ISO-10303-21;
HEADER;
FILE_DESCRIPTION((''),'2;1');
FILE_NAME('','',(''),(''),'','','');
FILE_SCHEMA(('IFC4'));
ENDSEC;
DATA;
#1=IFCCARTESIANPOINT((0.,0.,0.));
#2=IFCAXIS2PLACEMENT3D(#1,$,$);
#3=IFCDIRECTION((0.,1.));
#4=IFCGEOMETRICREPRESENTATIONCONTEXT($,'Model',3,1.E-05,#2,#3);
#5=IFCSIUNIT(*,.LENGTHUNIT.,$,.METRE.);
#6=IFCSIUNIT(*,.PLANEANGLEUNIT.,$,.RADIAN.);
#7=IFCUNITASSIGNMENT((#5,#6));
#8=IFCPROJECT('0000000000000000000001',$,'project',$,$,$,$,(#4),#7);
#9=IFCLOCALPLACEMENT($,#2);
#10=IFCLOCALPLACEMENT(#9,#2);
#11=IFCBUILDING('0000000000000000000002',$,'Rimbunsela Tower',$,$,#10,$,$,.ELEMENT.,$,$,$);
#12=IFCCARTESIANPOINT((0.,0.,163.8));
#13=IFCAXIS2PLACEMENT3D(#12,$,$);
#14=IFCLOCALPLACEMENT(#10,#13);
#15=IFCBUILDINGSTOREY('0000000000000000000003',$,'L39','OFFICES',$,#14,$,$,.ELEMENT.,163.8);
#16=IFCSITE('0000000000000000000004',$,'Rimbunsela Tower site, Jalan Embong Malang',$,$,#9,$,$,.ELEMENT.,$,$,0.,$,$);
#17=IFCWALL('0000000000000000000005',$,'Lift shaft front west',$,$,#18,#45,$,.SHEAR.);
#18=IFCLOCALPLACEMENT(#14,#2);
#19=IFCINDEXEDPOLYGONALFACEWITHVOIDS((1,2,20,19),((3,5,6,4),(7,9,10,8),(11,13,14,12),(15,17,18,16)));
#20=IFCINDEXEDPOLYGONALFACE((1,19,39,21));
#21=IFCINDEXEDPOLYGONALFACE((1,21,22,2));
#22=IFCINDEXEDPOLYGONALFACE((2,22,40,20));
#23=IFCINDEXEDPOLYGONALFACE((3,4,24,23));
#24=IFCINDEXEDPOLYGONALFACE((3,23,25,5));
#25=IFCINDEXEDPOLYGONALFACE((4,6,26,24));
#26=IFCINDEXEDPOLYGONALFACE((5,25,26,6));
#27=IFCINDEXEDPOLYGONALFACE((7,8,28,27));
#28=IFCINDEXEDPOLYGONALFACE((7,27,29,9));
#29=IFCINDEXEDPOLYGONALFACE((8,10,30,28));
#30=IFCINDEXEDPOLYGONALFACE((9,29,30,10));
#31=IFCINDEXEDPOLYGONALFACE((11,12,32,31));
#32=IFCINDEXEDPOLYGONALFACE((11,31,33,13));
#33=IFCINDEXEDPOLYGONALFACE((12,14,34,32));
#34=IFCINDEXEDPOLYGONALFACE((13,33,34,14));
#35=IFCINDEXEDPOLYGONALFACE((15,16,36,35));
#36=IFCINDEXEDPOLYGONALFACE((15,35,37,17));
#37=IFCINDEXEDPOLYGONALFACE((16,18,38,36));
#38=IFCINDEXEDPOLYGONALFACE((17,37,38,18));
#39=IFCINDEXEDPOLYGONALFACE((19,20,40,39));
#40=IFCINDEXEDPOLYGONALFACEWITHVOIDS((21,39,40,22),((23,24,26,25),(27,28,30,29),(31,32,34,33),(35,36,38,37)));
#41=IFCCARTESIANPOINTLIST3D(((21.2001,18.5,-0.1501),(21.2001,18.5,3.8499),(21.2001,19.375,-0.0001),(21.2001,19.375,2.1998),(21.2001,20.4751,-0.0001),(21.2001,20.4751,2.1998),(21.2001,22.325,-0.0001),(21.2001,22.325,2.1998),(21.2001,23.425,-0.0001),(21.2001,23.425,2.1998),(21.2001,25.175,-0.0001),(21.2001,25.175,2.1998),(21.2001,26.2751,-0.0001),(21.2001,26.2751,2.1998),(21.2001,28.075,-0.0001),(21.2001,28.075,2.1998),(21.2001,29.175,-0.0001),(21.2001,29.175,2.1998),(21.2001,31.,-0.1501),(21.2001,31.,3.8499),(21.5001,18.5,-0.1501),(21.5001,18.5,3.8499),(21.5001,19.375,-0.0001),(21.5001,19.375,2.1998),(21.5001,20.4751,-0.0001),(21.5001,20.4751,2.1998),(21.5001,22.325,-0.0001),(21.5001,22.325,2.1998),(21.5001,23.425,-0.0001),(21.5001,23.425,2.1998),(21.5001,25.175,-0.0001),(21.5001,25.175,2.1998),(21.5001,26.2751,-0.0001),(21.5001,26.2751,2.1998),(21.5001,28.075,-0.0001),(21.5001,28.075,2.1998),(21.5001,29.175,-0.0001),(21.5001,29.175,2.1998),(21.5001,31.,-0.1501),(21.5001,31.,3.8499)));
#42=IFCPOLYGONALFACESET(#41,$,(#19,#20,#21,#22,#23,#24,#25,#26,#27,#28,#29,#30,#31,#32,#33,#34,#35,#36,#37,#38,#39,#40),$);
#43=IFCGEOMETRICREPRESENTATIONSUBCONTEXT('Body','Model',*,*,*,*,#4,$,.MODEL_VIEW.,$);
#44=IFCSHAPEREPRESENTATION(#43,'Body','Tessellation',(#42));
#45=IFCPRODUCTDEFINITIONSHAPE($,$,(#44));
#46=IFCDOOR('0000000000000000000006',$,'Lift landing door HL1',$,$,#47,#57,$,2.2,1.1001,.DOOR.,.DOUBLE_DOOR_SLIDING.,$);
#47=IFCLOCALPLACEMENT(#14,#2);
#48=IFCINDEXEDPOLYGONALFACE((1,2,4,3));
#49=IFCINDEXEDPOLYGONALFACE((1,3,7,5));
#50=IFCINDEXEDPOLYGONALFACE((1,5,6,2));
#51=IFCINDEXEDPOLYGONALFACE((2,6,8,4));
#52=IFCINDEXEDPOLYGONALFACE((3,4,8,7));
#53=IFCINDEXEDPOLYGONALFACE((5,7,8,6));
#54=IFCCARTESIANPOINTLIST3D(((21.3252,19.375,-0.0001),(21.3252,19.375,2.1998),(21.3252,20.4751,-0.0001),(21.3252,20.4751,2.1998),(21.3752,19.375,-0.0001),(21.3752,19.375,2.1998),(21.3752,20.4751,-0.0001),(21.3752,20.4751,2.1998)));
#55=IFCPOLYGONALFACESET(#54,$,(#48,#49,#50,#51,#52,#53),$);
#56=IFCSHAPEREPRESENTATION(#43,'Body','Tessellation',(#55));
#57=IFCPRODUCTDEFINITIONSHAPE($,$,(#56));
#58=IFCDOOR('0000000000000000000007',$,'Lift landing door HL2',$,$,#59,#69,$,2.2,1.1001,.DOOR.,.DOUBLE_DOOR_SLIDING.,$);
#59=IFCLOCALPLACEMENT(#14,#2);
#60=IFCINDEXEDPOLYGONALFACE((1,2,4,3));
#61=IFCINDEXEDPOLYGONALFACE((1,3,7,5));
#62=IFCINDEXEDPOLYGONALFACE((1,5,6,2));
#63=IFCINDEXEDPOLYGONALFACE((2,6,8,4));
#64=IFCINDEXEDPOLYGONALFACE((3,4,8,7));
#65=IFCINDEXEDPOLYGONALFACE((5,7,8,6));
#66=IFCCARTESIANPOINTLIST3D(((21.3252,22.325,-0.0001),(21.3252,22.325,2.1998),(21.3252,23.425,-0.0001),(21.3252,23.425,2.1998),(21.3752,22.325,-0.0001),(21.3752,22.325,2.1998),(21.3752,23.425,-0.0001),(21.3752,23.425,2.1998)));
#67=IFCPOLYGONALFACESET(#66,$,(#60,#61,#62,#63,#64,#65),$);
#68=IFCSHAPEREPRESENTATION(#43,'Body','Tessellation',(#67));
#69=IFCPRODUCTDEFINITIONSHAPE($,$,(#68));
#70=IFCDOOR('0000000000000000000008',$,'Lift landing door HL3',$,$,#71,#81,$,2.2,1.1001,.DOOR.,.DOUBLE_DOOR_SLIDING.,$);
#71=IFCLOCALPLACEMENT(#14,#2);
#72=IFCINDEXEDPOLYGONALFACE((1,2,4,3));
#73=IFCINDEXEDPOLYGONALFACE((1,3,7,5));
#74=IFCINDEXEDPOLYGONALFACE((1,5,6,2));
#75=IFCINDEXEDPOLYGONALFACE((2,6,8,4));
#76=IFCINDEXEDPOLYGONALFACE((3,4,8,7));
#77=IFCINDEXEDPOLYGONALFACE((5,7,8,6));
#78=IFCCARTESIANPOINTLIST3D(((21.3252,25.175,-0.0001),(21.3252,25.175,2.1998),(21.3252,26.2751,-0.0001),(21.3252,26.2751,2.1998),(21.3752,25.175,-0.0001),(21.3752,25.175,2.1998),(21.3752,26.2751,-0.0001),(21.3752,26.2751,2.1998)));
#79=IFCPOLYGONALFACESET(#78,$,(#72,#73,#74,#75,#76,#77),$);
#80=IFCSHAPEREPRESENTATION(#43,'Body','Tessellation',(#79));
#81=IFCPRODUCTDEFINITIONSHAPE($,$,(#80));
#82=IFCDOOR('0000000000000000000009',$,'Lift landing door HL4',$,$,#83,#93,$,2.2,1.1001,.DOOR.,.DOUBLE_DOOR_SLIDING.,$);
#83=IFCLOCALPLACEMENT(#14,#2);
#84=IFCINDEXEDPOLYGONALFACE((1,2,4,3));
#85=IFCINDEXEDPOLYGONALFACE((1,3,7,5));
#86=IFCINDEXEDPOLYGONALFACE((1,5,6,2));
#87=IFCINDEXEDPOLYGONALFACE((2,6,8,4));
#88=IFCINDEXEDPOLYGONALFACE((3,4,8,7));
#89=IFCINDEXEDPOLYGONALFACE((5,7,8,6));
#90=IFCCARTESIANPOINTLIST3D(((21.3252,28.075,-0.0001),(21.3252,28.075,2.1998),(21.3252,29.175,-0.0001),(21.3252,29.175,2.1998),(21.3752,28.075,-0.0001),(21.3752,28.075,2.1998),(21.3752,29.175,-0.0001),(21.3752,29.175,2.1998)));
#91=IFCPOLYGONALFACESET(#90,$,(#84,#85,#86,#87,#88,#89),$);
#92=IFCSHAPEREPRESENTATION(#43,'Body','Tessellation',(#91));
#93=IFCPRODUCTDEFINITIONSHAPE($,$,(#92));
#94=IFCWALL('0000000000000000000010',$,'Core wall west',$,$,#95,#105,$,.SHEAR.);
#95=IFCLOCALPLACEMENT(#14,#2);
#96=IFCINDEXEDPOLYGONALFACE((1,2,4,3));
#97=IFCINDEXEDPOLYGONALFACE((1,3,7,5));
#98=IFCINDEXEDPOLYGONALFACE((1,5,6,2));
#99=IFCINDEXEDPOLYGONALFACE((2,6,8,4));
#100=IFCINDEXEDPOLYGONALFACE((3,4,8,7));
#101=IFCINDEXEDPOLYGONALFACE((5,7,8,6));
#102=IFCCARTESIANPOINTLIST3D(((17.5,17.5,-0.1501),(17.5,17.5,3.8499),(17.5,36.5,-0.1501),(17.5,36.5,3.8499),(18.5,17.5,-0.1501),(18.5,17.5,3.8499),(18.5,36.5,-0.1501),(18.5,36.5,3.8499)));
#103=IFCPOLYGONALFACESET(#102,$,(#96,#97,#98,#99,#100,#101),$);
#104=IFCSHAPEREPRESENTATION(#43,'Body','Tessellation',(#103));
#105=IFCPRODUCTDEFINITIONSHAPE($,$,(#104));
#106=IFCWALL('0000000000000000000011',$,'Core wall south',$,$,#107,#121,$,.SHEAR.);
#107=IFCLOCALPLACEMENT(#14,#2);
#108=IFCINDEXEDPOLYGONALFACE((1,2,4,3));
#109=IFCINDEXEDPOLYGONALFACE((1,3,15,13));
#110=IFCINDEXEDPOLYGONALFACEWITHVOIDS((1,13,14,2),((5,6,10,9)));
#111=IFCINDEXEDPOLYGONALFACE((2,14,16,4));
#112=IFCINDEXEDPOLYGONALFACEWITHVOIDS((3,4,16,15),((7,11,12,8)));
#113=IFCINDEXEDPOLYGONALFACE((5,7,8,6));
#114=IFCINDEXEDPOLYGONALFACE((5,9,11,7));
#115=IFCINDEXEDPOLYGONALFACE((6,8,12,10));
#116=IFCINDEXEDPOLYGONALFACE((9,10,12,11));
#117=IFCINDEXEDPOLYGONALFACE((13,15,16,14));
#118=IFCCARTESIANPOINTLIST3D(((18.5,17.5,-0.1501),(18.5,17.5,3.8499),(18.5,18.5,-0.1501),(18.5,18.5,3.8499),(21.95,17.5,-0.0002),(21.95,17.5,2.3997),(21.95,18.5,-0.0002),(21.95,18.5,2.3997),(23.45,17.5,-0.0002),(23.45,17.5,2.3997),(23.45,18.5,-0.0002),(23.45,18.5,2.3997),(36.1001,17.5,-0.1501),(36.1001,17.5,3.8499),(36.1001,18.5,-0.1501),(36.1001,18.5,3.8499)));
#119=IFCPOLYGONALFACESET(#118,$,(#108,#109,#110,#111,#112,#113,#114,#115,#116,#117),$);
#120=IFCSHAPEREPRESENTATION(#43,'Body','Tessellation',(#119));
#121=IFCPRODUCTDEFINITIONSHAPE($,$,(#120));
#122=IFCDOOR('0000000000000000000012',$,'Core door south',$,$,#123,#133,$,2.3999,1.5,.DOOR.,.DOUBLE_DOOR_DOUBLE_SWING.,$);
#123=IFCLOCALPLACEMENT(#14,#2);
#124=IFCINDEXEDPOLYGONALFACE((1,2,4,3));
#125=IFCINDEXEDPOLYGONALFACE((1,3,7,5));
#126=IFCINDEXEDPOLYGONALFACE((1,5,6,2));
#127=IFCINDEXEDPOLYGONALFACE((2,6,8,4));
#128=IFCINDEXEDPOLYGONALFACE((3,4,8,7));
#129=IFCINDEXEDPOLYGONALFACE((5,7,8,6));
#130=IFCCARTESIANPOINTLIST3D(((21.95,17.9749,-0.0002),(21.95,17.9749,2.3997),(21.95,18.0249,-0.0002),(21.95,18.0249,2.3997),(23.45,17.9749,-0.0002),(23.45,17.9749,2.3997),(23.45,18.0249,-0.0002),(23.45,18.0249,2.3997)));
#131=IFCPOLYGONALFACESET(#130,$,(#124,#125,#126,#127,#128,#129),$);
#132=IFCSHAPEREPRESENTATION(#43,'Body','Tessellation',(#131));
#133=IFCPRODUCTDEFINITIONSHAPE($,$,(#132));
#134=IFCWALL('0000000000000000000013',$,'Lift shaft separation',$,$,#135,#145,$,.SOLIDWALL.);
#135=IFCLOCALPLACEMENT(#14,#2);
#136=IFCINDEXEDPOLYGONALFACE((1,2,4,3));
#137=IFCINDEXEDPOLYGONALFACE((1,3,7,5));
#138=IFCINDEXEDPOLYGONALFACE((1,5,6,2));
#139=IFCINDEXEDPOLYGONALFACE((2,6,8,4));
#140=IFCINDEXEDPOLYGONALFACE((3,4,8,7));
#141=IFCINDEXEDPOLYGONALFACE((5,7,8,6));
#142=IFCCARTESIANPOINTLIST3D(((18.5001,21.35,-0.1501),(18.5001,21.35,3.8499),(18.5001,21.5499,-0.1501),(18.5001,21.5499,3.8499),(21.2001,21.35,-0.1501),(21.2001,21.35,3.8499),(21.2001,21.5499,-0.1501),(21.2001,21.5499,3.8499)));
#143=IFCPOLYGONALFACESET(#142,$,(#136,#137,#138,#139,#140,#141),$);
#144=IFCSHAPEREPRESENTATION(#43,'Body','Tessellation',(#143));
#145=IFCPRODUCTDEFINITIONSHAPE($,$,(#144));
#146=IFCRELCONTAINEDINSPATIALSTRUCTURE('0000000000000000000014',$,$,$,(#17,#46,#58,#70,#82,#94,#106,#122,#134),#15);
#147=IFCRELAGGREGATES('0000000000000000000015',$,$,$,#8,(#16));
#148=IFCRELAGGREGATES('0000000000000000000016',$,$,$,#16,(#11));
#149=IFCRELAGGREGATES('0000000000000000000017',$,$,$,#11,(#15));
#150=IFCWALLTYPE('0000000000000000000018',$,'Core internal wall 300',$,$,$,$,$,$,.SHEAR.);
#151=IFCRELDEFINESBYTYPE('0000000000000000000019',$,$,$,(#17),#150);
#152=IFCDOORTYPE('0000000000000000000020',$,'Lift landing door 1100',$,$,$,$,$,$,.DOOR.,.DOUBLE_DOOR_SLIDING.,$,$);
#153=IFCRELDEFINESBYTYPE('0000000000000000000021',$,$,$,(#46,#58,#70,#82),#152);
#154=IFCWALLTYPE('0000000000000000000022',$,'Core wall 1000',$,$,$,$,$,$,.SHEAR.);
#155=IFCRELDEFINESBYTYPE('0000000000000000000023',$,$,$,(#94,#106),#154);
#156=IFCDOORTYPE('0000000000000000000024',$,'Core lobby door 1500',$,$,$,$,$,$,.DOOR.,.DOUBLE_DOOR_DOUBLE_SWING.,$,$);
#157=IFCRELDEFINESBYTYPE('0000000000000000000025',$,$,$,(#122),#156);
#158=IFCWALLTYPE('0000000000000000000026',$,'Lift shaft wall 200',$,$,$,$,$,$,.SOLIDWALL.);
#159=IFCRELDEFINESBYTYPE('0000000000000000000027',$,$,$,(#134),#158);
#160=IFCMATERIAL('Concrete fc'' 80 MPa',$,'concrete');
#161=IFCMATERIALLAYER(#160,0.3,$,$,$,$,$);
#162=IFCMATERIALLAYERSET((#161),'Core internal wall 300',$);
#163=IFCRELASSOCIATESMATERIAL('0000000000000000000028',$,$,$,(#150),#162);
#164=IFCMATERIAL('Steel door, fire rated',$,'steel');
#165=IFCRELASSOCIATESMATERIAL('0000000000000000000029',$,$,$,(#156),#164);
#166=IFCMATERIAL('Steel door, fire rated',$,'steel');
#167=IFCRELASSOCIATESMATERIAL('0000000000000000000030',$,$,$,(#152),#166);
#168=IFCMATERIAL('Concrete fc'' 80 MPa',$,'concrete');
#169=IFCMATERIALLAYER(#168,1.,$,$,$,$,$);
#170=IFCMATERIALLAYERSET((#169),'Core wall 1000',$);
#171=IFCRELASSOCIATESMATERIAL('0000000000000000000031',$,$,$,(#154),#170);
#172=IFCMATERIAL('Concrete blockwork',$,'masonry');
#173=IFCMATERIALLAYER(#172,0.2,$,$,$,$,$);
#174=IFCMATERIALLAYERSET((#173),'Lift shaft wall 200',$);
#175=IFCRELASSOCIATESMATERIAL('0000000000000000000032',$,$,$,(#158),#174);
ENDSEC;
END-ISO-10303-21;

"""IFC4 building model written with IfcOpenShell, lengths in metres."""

from ifc_helpers import new_model, si_unit, direction, frame, frame_2d, origin, place, context, subcontext, project, spatial, rectangle, extrude, material, layer, layer_set, type_object, element, fill, save


model = new_model("IFC4")

# Units and contexts
model_context = context("Model", 3, precision=1e-05, world=origin(), true_north=direction((0.0, 1.0)))
body_context = subcontext(model_context, "Body", "Model", "MODEL_VIEW")
ifc_project = project(units=[si_unit("LENGTHUNIT", "METRE"), si_unit("PLANEANGLEUNIT", "RADIAN")], contexts=[model_context])

# Site, building, storey
site_placement = place(None, origin())
site = spatial("IfcSite", under=ifc_project, at=site_placement, Name="Rimbunsela Tower site, Jalan Embong Malang", CompositionType="ELEMENT", RefElevation=0.0)
building_placement = place(site_placement, origin())
building = spatial("IfcBuilding", under=site, at=building_placement, Name="Rimbunsela Tower", CompositionType="ELEMENT")
storey_placement = place(building_placement, frame((0.0, 0.0, 163.8)))
storey = spatial("IfcBuildingStorey", under=building, at=storey_placement, Name="L39", Description="OFFICES", CompositionType="ELEMENT", Elevation=163.8)

# Shared definitions
ifc_material_1 = material(Name="Concrete fc' 80 MPa", Category="concrete")
ifc_layer_1 = layer(ifc_material_1, 0.3)
ifc_layer_set_1 = layer_set([ifc_layer_1], Name="Core internal wall 300")
wall_type_1 = type_object("IfcWallType", Name="Core internal wall 300", PredefinedType="SHEAR", material=ifc_layer_set_1)
ifc_material_2 = material(Name="Steel door, fire rated", Category="steel")
door_type_1 = type_object("IfcDoorType", Name="Core lobby door 1500", OperationType="DOUBLE_DOOR_DOUBLE_SWING", PredefinedType="DOOR", material=ifc_material_2)

# Wall, openings, doors
wall_1_placement = place(storey_placement, frame((21.3501, 18.5, -0.1501), z_axis=(0.0, 0.0, 1.0), x_axis=(0.0, 1.0, 0.0)))
wall_1 = element("IfcWall", 1, at=wall_1_placement, inside=storey, type_object=wall_type_1, Name="Lift shaft front west", PredefinedType="SHEAR", context=body_context, shape_type="SweptSolid", body=[
    extrude(rectangle(XDim=12.5, YDim=0.3, at=frame_2d((6.25, 0.0))), origin(), (0.0, 0.0, 1.0), 4.0),
])
opening_1_placement = place(wall_1_placement, frame((0.875, 0.0, 0.1499)))
opening_1 = element("IfcOpeningElement", 2, at=opening_1_placement, cuts=wall_1, PredefinedType="OPENING", context=body_context, shape_type="SweptSolid", body=[
    extrude(rectangle(XDim=1.1001, YDim=2.2, at=frame_2d((0.55, 1.1001))), frame((0.0, 0.1599, 0.0), z_axis=(0.0, -1.0, 0.0), x_axis=(1.0, 0.0, 0.0)), (0.0, 0.0, 1.0), 0.3201),
])
opening_2_placement = place(wall_1_placement, frame((3.825, 0.0, 0.1499)))
opening_2 = element("IfcOpeningElement", 3, at=opening_2_placement, cuts=wall_1, PredefinedType="OPENING", context=body_context, shape_type="SweptSolid", body=[
    extrude(rectangle(XDim=1.1001, YDim=2.2, at=frame_2d((0.55, 1.1001))), frame((0.0, 0.1599, 0.0), z_axis=(0.0, -1.0, 0.0), x_axis=(1.0, 0.0, 0.0)), (0.0, 0.0, 1.0), 0.3201),
])
opening_3_placement = place(wall_1_placement, frame((6.675, 0.0, 0.1499)))
opening_3 = element("IfcOpeningElement", 4, at=opening_3_placement, cuts=wall_1, PredefinedType="OPENING", context=body_context, shape_type="SweptSolid", body=[
    extrude(rectangle(XDim=1.1001, YDim=2.2, at=frame_2d((0.55, 1.1001))), frame((0.0, 0.1599, 0.0), z_axis=(0.0, -1.0, 0.0), x_axis=(1.0, 0.0, 0.0)), (0.0, 0.0, 1.0), 0.3201),
])
opening_4_placement = place(wall_1_placement, frame((9.575, 0.0, 0.1499)))
opening_4 = element("IfcOpeningElement", 5, at=opening_4_placement, cuts=wall_1, PredefinedType="OPENING", context=body_context, shape_type="SweptSolid", body=[
    extrude(rectangle(XDim=1.1001, YDim=2.2, at=frame_2d((0.55, 1.1001))), frame((0.0, 0.1599, 0.0), z_axis=(0.0, -1.0, 0.0), x_axis=(1.0, 0.0, 0.0)), (0.0, 0.0, 1.0), 0.3201),
])
ifc_material_3 = material(Name="Steel door, fire rated", Category="steel")
door_type_2 = type_object("IfcDoorType", Name="Lift landing door 1100", OperationType="DOUBLE_DOOR_SLIDING", PredefinedType="DOOR", material=ifc_material_3)
door_1_placement = place(opening_1_placement, origin())
door_1 = element("IfcDoor", 6, at=door_1_placement, inside=storey, type_object=door_type_2, Name="Lift landing door HL1", OperationType="DOUBLE_DOOR_SLIDING", OverallHeight=2.2, OverallWidth=1.1001, PredefinedType="DOOR", context=body_context, shape_type="SweptSolid", body=[
    extrude(rectangle(XDim=1.1001, YDim=2.2, at=frame_2d((0.55, 1.1001))), frame((0.0, 0.0249, 0.0), z_axis=(0.0, -1.0, 0.0), x_axis=(1.0, 0.0, 0.0)), (0.0, 0.0, 1.0), 0.05),
])
fill(opening_1, door_1)
door_2_placement = place(opening_2_placement, origin())
door_2 = element("IfcDoor", 7, at=door_2_placement, inside=storey, type_object=door_type_2, Name="Lift landing door HL2", OperationType="DOUBLE_DOOR_SLIDING", OverallHeight=2.2, OverallWidth=1.1001, PredefinedType="DOOR", context=body_context, shape_type="SweptSolid", body=[
    extrude(rectangle(XDim=1.1001, YDim=2.2, at=frame_2d((0.55, 1.1001))), frame((0.0, 0.0249, 0.0), z_axis=(0.0, -1.0, 0.0), x_axis=(1.0, 0.0, 0.0)), (0.0, 0.0, 1.0), 0.05),
])
fill(opening_2, door_2)
door_3_placement = place(opening_3_placement, origin())
door_3 = element("IfcDoor", 8, at=door_3_placement, inside=storey, type_object=door_type_2, Name="Lift landing door HL3", OperationType="DOUBLE_DOOR_SLIDING", OverallHeight=2.2, OverallWidth=1.1001, PredefinedType="DOOR", context=body_context, shape_type="SweptSolid", body=[
    extrude(rectangle(XDim=1.1001, YDim=2.2, at=frame_2d((0.55, 1.1001))), frame((0.0, 0.0249, 0.0), z_axis=(0.0, -1.0, 0.0), x_axis=(1.0, 0.0, 0.0)), (0.0, 0.0, 1.0), 0.05),
])
fill(opening_3, door_3)
door_4_placement = place(opening_4_placement, origin())
door_4 = element("IfcDoor", 9, at=door_4_placement, inside=storey, type_object=door_type_2, Name="Lift landing door HL4", OperationType="DOUBLE_DOOR_SLIDING", OverallHeight=2.2, OverallWidth=1.1001, PredefinedType="DOOR", context=body_context, shape_type="SweptSolid", body=[
    extrude(rectangle(XDim=1.1001, YDim=2.2, at=frame_2d((0.55, 1.1001))), frame((0.0, 0.0249, 0.0), z_axis=(0.0, -1.0, 0.0), x_axis=(1.0, 0.0, 0.0)), (0.0, 0.0, 1.0), 0.05),
])
fill(opening_4, door_4)

# Wall
ifc_material_4 = material(Name="Concrete fc' 80 MPa", Category="concrete")
ifc_layer_2 = layer(ifc_material_4, 1.0)
ifc_layer_set_2 = layer_set([ifc_layer_2], Name="Core wall 1000")
wall_type_2 = type_object("IfcWallType", Name="Core wall 1000", PredefinedType="SHEAR", material=ifc_layer_set_2)
wall_2_placement = place(storey_placement, frame((18.0, 17.5, -0.1501), z_axis=(0.0, 0.0, 1.0), x_axis=(0.0, 1.0, 0.0)))
element("IfcWall", 10, at=wall_2_placement, inside=storey, type_object=wall_type_2, Name="Core wall west", PredefinedType="SHEAR", context=body_context, shape_type="SweptSolid", body=[
    extrude(rectangle(XDim=19.0, YDim=1.0, at=frame_2d((9.5, 0.0))), origin(), (0.0, 0.0, 1.0), 4.0),
])

# Wall, opening, door
wall_3_placement = place(storey_placement, frame((18.5, 18.0, -0.1501), z_axis=(0.0, 0.0, 1.0), x_axis=(1.0, 0.0, 0.0)))
wall_3 = element("IfcWall", 11, at=wall_3_placement, inside=storey, type_object=wall_type_2, Name="Core wall south", PredefinedType="SHEAR", context=body_context, shape_type="SweptSolid", body=[
    extrude(rectangle(XDim=17.6001, YDim=1.0, at=frame_2d((8.8, 0.0))), origin(), (0.0, 0.0, 1.0), 4.0),
])
opening_5_placement = place(wall_3_placement, frame((3.45, 0.0, 0.1499)))
opening_5 = element("IfcOpeningElement", 12, at=opening_5_placement, cuts=wall_3, PredefinedType="OPENING", context=body_context, shape_type="SweptSolid", body=[
    extrude(rectangle(XDim=1.5, YDim=2.3999, at=frame_2d((0.75, 1.2))), frame((0.0, 0.51, 0.0), z_axis=(0.0, -1.0, 0.0), x_axis=(1.0, 0.0, 0.0)), (0.0, 0.0, 1.0), 1.02),
])
door_5_placement = place(opening_5_placement, origin())
door_5 = element("IfcDoor", 13, at=door_5_placement, inside=storey, type_object=door_type_1, Name="Core door south", OperationType="DOUBLE_DOOR_DOUBLE_SWING", OverallHeight=2.3999, OverallWidth=1.5, PredefinedType="DOOR", context=body_context, shape_type="SweptSolid", body=[
    extrude(rectangle(XDim=1.5, YDim=2.3999, at=frame_2d((0.75, 1.2))), frame((0.0, 0.0249, 0.0), z_axis=(0.0, -1.0, 0.0), x_axis=(1.0, 0.0, 0.0)), (0.0, 0.0, 1.0), 0.05),
])
fill(opening_5, door_5)

# Wall
ifc_material_5 = material(Name="Concrete blockwork", Category="masonry")
ifc_layer_3 = layer(ifc_material_5, 0.2)
ifc_layer_set_3 = layer_set([ifc_layer_3], Name="Lift shaft wall 200")
wall_type_3 = type_object("IfcWallType", Name="Lift shaft wall 200", PredefinedType="SOLIDWALL", material=ifc_layer_set_3)
wall_4_placement = place(storey_placement, frame((18.5, 21.45, -0.1501), z_axis=(0.0, 0.0, 1.0), x_axis=(1.0, 0.0, 0.0)))
element("IfcWall", 14, at=wall_4_placement, inside=storey, type_object=wall_type_3, Name="Lift shaft separation", PredefinedType="SOLIDWALL", context=body_context, shape_type="SweptSolid", body=[
    extrude(rectangle(XDim=2.7, YDim=0.2, at=frame_2d((1.3501, 0.0))), origin(), (0.0, 0.0, 1.0), 4.0),
])

save(model, "model.ifc")
